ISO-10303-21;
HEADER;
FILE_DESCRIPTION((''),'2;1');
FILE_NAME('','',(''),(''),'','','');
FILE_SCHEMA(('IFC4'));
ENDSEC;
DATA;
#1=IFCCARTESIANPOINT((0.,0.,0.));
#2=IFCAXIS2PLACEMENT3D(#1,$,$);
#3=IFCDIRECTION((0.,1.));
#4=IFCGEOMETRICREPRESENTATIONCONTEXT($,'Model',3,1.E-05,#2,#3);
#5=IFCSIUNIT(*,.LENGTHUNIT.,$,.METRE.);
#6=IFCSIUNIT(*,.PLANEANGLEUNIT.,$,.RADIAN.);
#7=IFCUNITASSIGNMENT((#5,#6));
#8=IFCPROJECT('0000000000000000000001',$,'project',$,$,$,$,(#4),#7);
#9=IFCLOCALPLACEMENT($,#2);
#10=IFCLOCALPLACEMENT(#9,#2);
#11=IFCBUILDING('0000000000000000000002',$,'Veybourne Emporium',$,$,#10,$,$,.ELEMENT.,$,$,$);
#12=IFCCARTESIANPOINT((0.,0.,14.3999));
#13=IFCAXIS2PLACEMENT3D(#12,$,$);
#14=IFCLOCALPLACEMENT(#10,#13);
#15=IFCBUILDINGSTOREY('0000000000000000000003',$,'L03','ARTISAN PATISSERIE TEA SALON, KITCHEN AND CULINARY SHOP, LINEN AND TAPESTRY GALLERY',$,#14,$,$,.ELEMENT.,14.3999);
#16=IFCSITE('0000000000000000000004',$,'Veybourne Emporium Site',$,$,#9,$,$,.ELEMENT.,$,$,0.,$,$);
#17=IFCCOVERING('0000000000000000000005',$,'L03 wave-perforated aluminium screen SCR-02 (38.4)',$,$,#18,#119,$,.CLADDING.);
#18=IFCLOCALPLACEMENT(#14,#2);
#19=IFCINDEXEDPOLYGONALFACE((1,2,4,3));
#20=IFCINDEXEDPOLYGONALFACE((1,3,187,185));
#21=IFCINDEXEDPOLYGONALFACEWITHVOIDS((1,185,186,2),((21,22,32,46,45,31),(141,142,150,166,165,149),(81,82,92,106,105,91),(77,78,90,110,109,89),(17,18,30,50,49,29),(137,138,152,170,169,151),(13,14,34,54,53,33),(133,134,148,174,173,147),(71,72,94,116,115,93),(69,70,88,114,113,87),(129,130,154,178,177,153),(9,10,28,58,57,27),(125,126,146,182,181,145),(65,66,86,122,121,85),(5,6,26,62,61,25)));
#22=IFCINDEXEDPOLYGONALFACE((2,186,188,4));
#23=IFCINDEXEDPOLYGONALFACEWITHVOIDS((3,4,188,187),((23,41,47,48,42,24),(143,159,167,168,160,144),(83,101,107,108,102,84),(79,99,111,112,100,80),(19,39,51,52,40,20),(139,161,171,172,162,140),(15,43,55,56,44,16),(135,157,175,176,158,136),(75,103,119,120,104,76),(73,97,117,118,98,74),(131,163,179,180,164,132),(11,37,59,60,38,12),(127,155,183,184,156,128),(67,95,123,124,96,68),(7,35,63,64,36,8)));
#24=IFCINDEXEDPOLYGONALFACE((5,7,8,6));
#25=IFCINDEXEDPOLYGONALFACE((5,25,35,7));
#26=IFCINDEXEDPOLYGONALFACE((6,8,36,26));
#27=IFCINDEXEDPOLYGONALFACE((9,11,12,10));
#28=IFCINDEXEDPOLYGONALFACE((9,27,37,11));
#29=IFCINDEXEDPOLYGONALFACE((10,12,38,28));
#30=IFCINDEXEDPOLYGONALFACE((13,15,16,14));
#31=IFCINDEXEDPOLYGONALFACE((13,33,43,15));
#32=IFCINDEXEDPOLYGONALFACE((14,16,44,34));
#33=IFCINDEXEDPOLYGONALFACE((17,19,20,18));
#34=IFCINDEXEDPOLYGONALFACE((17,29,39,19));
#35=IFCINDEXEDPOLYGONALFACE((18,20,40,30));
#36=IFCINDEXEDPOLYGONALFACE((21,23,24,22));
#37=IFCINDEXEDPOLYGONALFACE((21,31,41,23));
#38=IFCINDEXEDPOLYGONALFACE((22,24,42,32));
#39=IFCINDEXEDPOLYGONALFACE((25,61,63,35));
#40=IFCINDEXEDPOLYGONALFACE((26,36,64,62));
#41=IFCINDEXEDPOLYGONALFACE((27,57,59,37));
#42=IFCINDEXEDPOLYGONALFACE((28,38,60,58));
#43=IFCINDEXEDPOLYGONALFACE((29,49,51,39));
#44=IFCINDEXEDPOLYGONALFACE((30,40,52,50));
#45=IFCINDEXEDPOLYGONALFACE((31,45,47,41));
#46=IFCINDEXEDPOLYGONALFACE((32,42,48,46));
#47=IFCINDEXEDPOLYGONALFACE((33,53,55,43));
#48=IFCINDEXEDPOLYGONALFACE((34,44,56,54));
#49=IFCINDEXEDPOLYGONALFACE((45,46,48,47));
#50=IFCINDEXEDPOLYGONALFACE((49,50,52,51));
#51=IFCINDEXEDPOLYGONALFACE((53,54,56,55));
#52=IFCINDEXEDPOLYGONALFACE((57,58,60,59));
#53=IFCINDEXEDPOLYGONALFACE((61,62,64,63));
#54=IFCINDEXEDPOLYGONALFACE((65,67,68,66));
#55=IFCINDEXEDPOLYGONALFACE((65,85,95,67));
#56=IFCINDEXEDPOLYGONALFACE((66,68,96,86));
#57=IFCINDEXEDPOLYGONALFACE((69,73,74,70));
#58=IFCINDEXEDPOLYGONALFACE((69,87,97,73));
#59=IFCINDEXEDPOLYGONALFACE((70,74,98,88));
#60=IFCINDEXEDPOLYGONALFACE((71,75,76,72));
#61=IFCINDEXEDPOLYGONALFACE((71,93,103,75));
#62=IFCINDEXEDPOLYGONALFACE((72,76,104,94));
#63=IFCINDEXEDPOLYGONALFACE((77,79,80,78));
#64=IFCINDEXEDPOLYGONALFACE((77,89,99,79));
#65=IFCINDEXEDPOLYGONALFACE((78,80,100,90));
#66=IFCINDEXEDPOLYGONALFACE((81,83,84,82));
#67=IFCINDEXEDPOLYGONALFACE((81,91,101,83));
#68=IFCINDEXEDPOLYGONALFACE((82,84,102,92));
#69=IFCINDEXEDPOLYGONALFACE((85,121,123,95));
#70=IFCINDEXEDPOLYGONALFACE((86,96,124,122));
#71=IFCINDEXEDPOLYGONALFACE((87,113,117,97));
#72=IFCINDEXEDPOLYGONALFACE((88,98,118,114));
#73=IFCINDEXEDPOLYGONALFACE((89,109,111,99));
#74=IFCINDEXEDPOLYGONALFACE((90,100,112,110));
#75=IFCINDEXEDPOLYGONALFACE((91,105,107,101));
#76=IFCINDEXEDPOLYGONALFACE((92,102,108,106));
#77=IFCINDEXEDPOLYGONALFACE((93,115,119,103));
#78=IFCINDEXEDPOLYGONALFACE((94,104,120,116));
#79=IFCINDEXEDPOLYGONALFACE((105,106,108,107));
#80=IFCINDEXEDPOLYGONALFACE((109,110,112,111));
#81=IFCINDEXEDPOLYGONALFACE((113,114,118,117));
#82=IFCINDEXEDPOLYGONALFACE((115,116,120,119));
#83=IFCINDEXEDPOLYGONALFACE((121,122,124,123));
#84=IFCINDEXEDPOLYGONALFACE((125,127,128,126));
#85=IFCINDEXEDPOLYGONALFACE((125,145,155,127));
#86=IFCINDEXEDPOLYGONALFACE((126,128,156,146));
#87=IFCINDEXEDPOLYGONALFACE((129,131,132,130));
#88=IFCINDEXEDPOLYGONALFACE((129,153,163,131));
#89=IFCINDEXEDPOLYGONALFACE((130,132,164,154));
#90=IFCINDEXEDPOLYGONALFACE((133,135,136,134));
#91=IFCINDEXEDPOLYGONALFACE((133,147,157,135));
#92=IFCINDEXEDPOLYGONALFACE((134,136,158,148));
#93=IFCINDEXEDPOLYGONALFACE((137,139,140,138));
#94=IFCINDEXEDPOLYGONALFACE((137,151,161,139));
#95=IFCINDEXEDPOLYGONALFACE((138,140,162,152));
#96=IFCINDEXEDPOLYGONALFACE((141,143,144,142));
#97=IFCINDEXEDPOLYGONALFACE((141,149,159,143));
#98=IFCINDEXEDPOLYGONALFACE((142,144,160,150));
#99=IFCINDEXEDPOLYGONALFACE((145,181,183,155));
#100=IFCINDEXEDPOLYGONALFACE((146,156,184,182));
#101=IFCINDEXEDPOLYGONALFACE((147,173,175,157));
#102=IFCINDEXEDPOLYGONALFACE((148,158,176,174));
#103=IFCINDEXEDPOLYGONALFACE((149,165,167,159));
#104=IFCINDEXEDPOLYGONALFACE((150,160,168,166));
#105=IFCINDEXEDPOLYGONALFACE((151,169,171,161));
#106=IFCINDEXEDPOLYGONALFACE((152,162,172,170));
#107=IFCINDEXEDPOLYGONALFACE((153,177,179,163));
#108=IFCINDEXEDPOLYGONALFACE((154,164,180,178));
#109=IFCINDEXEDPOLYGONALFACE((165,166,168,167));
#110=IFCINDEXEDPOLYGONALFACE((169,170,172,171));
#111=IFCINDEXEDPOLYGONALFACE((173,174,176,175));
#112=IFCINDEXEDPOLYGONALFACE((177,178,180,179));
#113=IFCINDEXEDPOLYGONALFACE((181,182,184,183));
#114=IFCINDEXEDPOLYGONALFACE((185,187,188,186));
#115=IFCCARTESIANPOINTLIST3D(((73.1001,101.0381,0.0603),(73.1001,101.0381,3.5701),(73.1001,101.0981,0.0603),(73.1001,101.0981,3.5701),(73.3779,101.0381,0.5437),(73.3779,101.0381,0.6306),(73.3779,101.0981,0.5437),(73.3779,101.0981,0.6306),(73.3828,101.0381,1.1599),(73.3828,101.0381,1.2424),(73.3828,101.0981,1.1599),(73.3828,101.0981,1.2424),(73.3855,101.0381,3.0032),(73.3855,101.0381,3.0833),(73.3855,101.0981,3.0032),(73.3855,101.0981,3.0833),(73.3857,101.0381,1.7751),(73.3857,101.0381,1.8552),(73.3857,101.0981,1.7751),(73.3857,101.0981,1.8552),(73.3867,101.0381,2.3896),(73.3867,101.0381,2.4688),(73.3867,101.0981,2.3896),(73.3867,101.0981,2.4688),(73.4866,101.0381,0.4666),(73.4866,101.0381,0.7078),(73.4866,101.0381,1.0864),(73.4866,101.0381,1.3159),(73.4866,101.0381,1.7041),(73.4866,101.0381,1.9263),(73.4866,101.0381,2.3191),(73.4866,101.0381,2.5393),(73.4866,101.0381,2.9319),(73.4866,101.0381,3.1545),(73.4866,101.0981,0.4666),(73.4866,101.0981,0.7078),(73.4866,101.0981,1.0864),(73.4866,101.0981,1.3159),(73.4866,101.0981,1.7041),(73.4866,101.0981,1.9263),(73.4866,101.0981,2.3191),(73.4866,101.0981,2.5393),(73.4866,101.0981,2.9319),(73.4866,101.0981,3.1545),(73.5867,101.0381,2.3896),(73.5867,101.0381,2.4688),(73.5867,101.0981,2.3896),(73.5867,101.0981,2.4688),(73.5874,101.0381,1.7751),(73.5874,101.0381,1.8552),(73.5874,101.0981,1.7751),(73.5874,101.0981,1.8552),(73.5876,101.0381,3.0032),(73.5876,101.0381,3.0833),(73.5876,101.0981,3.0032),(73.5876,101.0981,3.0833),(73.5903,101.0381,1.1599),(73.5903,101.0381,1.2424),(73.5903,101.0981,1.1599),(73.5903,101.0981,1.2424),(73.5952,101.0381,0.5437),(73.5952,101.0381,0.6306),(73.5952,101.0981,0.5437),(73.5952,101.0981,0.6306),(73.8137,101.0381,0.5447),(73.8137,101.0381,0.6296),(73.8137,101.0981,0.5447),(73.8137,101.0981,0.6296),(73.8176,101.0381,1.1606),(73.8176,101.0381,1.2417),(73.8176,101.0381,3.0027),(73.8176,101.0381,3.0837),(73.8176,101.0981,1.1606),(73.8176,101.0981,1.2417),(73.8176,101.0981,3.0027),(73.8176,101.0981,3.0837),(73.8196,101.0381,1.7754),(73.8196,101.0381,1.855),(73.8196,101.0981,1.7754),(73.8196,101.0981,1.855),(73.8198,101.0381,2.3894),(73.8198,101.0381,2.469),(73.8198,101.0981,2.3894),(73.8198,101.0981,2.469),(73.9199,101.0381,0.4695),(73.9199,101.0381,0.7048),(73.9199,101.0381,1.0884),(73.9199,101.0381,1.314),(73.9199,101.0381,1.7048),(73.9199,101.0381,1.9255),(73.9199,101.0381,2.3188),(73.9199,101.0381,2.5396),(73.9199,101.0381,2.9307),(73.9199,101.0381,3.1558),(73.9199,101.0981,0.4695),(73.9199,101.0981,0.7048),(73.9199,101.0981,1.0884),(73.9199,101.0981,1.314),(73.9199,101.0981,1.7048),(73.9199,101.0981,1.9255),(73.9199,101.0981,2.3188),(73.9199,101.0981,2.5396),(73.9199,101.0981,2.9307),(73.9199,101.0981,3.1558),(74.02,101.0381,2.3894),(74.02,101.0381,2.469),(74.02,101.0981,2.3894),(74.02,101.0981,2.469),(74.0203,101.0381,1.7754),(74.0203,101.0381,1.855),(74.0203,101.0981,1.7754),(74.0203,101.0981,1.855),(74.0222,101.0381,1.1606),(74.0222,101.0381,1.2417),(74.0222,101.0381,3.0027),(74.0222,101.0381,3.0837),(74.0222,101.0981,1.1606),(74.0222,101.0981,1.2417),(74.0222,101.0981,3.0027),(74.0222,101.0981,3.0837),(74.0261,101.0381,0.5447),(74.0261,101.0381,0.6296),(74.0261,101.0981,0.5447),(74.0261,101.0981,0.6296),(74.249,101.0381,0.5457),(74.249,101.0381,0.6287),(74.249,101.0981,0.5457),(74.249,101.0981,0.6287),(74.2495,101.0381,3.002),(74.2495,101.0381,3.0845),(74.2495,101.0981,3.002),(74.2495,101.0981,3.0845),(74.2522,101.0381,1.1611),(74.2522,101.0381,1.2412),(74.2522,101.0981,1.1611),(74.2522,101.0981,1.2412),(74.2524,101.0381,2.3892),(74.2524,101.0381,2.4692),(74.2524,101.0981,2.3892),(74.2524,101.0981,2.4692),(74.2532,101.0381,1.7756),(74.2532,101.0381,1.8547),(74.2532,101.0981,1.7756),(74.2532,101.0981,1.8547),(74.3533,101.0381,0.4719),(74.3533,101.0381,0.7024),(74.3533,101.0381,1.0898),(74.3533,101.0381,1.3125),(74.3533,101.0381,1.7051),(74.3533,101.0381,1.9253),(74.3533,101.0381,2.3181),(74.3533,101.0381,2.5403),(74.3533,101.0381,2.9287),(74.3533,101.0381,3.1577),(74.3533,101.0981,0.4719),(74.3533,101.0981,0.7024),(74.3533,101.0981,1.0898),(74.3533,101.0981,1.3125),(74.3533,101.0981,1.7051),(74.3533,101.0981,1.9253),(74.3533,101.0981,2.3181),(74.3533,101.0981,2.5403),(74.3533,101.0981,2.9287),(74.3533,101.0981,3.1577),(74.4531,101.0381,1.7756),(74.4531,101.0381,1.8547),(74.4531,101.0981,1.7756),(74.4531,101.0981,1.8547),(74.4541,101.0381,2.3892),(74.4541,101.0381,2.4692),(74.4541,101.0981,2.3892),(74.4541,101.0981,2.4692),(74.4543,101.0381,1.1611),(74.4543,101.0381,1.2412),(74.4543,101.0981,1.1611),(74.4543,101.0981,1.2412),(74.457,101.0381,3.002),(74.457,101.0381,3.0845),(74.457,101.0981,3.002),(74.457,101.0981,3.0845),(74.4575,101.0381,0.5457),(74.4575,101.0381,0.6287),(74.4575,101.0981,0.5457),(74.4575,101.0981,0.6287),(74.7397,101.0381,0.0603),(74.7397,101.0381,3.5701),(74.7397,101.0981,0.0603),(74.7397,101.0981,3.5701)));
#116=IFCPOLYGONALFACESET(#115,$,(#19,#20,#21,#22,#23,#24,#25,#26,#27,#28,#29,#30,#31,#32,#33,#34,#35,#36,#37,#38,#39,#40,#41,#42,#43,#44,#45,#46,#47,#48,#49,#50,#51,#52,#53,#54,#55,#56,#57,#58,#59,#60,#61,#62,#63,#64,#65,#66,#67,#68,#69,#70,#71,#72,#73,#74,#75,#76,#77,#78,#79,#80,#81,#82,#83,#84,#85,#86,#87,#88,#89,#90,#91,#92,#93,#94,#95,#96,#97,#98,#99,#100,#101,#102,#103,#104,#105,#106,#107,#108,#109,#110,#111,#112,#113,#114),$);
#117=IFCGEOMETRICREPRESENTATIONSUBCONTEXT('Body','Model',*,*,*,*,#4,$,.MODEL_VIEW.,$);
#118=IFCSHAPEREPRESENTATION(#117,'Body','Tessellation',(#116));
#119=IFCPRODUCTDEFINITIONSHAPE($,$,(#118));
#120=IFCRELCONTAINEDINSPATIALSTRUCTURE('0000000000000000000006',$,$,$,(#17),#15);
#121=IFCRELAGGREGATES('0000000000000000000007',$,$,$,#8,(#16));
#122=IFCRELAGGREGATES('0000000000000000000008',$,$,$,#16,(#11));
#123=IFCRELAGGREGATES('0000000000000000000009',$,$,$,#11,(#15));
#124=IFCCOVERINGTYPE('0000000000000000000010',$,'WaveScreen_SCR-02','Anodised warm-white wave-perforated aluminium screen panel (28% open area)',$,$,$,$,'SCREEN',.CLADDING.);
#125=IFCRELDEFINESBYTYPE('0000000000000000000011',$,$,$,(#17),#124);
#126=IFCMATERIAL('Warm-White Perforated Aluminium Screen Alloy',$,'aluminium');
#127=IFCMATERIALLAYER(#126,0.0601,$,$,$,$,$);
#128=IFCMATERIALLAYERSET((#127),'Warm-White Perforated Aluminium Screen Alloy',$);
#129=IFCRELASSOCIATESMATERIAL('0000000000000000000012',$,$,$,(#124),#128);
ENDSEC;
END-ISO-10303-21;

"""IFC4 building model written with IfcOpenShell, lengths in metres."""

from ifc_helpers import new_model, si_unit, direction, frame, origin, place, context, subcontext, project, spatial, polyline, outline, extrude, material, layer, layer_set, type_object, element, save


model = new_model("IFC4")

# Units and contexts
model_context = context("Model", 3, precision=1e-05, world=origin(), true_north=direction((0.0, 1.0)))
body_context = subcontext(model_context, "Body", "Model", "MODEL_VIEW")
ifc_project = project(units=[si_unit("LENGTHUNIT", "METRE"), si_unit("PLANEANGLEUNIT", "RADIAN")], contexts=[model_context])

# Site, building, storey
site_placement = place(None, origin())
site = spatial("IfcSite", under=ifc_project, at=site_placement, Name="Veybourne Emporium Site", CompositionType="ELEMENT", RefElevation=0.0)
building_placement = place(site_placement, origin())
building = spatial("IfcBuilding", under=site, at=building_placement, Name="Veybourne Emporium", CompositionType="ELEMENT")
storey_placement = place(building_placement, frame((0.0, 0.0, 14.3999)))
storey = spatial("IfcBuildingStorey", under=building, at=storey_placement, Name="L03", Description="ARTISAN PATISSERIE TEA SALON, KITCHEN AND CULINARY SHOP, LINEN AND TAPESTRY GALLERY", CompositionType="ELEMENT", Elevation=14.3999)

# Covering
ifc_material_1 = material(Name="Warm-White Perforated Aluminium Screen Alloy", Category="aluminium")
ifc_layer_1 = layer(ifc_material_1, 0.0601)
ifc_layer_set_1 = layer_set([ifc_layer_1], Name="Warm-White Perforated Aluminium Screen Alloy")
covering_type_1 = type_object("IfcCoveringType", Name="WaveScreen_SCR-02", Description="Anodised warm-white wave-perforated aluminium screen panel (28% open area)", ElementType="SCREEN", PredefinedType="CLADDING", material=ifc_layer_set_1)
covering_1_placement = place(storey_placement, frame((73.9199, 101.0981, 1.8152), z_axis=(0.0, -1.0, 0.0), x_axis=(1.0, 0.0, 0.0)))
element("IfcCovering", 1, at=covering_1_placement, inside=storey, type_object=covering_type_1, Name="L03 wave-perforated aluminium screen SCR-02 (38.4)", PredefinedType="CLADDING", context=body_context, shape_type="SweptSolid", body=[
    extrude(outline(polyline([(-0.8198, -1.7549), (0.8198, -1.7549), (0.8198, 1.7549), (-0.8198, 1.7549), (-0.8198, -1.7549)]), holes=[polyline([(-0.4333, -1.1074), (-0.3247, -1.1846), (-0.3247, -1.2715), (-0.4333, -1.3486), (-0.542, -1.2715), (-0.542, -1.1846), (-0.4333, -1.1074)]), polyline([(-0.4333, -0.4993), (-0.3296, -0.5728), (-0.3296, -0.6553), (-0.4333, -0.7288), (-0.5371, -0.6553), (-0.5371, -0.5728), (-0.4333, -0.4993)]), polyline([(-0.4333, 0.1111), (-0.3325, 0.04), (-0.3325, -0.04), (-0.4333, -0.1111), (-0.5342, -0.04), (-0.5342, 0.04), (-0.4333, 0.1111)]), polyline([(-0.4333, 0.7241), (-0.3333, 0.6536), (-0.3333, 0.5745), (-0.4333, 0.5039), (-0.5332, 0.5745), (-0.5332, 0.6536), (-0.4333, 0.7241)]), polyline([(-0.4333, 1.3394), (-0.3323, 1.2681), (-0.3323, 1.188), (-0.4333, 1.1167), (-0.5344, 1.188), (-0.5344, 1.2681), (-0.4333, 1.3394)]), polyline([(0.0, -1.1104), (0.1062, -1.1855), (0.1062, -1.2705), (0.0, -1.3457), (-0.1062, -1.2705), (-0.1062, -1.1855), (0.0, -1.1104)]), polyline([(0.0, -0.5012), (0.1023, -0.5735), (0.1023, -0.6545), (0.0, -0.7268), (-0.1023, -0.6545), (-0.1023, -0.5735), (0.0, -0.5012)]), polyline([(0.0, 0.1104), (0.1003, 0.0398), (0.1003, -0.0398), (0.0, -0.1104), (-0.1003, -0.0398), (-0.1003, 0.0398), (0.0, 0.1104)]), polyline([(0.0, 0.7244), (0.1001, 0.6538), (0.1001, 0.5742), (0.0, 0.5037), (-0.1001, 0.5742), (-0.1001, 0.6538), (0.0, 0.7244)]), polyline([(0.0, 1.3406), (0.1023, 1.2686), (0.1023, 1.1875), (0.0, 1.1155), (-0.1023, 1.1875), (-0.1023, 1.2686), (0.0, 1.3406)]), polyline([(0.4333, -1.1128), (0.5376, -1.1865), (0.5376, -1.2695), (0.4333, -1.3433), (0.3291, -1.2695), (0.3291, -1.1865), (0.4333, -1.1128)]), polyline([(0.4333, -0.5027), (0.5344, -0.574), (0.5344, -0.6541), (0.4333, -0.7253), (0.3323, -0.6541), (0.3323, -0.574), (0.4333, -0.5027)]), polyline([(0.4333, 0.1101), (0.5332, 0.0396), (0.5332, -0.0396), (0.4333, -0.1101), (0.3333, -0.0396), (0.3333, 0.0396), (0.4333, 0.1101)]), polyline([(0.4333, 0.7251), (0.5342, 0.6541), (0.5342, 0.574), (0.4333, 0.5029), (0.3325, 0.574), (0.3325, 0.6541), (0.4333, 0.7251)]), polyline([(0.4333, 1.3425), (0.5371, 1.2693), (0.5371, 1.1868), (0.4333, 1.1135), (0.3296, 1.1868), (0.3296, 1.2693), (0.4333, 1.3425)])]), origin(), (0.0, 0.0, 1.0), 0.0601),
])

save(model, "model.ifc")
